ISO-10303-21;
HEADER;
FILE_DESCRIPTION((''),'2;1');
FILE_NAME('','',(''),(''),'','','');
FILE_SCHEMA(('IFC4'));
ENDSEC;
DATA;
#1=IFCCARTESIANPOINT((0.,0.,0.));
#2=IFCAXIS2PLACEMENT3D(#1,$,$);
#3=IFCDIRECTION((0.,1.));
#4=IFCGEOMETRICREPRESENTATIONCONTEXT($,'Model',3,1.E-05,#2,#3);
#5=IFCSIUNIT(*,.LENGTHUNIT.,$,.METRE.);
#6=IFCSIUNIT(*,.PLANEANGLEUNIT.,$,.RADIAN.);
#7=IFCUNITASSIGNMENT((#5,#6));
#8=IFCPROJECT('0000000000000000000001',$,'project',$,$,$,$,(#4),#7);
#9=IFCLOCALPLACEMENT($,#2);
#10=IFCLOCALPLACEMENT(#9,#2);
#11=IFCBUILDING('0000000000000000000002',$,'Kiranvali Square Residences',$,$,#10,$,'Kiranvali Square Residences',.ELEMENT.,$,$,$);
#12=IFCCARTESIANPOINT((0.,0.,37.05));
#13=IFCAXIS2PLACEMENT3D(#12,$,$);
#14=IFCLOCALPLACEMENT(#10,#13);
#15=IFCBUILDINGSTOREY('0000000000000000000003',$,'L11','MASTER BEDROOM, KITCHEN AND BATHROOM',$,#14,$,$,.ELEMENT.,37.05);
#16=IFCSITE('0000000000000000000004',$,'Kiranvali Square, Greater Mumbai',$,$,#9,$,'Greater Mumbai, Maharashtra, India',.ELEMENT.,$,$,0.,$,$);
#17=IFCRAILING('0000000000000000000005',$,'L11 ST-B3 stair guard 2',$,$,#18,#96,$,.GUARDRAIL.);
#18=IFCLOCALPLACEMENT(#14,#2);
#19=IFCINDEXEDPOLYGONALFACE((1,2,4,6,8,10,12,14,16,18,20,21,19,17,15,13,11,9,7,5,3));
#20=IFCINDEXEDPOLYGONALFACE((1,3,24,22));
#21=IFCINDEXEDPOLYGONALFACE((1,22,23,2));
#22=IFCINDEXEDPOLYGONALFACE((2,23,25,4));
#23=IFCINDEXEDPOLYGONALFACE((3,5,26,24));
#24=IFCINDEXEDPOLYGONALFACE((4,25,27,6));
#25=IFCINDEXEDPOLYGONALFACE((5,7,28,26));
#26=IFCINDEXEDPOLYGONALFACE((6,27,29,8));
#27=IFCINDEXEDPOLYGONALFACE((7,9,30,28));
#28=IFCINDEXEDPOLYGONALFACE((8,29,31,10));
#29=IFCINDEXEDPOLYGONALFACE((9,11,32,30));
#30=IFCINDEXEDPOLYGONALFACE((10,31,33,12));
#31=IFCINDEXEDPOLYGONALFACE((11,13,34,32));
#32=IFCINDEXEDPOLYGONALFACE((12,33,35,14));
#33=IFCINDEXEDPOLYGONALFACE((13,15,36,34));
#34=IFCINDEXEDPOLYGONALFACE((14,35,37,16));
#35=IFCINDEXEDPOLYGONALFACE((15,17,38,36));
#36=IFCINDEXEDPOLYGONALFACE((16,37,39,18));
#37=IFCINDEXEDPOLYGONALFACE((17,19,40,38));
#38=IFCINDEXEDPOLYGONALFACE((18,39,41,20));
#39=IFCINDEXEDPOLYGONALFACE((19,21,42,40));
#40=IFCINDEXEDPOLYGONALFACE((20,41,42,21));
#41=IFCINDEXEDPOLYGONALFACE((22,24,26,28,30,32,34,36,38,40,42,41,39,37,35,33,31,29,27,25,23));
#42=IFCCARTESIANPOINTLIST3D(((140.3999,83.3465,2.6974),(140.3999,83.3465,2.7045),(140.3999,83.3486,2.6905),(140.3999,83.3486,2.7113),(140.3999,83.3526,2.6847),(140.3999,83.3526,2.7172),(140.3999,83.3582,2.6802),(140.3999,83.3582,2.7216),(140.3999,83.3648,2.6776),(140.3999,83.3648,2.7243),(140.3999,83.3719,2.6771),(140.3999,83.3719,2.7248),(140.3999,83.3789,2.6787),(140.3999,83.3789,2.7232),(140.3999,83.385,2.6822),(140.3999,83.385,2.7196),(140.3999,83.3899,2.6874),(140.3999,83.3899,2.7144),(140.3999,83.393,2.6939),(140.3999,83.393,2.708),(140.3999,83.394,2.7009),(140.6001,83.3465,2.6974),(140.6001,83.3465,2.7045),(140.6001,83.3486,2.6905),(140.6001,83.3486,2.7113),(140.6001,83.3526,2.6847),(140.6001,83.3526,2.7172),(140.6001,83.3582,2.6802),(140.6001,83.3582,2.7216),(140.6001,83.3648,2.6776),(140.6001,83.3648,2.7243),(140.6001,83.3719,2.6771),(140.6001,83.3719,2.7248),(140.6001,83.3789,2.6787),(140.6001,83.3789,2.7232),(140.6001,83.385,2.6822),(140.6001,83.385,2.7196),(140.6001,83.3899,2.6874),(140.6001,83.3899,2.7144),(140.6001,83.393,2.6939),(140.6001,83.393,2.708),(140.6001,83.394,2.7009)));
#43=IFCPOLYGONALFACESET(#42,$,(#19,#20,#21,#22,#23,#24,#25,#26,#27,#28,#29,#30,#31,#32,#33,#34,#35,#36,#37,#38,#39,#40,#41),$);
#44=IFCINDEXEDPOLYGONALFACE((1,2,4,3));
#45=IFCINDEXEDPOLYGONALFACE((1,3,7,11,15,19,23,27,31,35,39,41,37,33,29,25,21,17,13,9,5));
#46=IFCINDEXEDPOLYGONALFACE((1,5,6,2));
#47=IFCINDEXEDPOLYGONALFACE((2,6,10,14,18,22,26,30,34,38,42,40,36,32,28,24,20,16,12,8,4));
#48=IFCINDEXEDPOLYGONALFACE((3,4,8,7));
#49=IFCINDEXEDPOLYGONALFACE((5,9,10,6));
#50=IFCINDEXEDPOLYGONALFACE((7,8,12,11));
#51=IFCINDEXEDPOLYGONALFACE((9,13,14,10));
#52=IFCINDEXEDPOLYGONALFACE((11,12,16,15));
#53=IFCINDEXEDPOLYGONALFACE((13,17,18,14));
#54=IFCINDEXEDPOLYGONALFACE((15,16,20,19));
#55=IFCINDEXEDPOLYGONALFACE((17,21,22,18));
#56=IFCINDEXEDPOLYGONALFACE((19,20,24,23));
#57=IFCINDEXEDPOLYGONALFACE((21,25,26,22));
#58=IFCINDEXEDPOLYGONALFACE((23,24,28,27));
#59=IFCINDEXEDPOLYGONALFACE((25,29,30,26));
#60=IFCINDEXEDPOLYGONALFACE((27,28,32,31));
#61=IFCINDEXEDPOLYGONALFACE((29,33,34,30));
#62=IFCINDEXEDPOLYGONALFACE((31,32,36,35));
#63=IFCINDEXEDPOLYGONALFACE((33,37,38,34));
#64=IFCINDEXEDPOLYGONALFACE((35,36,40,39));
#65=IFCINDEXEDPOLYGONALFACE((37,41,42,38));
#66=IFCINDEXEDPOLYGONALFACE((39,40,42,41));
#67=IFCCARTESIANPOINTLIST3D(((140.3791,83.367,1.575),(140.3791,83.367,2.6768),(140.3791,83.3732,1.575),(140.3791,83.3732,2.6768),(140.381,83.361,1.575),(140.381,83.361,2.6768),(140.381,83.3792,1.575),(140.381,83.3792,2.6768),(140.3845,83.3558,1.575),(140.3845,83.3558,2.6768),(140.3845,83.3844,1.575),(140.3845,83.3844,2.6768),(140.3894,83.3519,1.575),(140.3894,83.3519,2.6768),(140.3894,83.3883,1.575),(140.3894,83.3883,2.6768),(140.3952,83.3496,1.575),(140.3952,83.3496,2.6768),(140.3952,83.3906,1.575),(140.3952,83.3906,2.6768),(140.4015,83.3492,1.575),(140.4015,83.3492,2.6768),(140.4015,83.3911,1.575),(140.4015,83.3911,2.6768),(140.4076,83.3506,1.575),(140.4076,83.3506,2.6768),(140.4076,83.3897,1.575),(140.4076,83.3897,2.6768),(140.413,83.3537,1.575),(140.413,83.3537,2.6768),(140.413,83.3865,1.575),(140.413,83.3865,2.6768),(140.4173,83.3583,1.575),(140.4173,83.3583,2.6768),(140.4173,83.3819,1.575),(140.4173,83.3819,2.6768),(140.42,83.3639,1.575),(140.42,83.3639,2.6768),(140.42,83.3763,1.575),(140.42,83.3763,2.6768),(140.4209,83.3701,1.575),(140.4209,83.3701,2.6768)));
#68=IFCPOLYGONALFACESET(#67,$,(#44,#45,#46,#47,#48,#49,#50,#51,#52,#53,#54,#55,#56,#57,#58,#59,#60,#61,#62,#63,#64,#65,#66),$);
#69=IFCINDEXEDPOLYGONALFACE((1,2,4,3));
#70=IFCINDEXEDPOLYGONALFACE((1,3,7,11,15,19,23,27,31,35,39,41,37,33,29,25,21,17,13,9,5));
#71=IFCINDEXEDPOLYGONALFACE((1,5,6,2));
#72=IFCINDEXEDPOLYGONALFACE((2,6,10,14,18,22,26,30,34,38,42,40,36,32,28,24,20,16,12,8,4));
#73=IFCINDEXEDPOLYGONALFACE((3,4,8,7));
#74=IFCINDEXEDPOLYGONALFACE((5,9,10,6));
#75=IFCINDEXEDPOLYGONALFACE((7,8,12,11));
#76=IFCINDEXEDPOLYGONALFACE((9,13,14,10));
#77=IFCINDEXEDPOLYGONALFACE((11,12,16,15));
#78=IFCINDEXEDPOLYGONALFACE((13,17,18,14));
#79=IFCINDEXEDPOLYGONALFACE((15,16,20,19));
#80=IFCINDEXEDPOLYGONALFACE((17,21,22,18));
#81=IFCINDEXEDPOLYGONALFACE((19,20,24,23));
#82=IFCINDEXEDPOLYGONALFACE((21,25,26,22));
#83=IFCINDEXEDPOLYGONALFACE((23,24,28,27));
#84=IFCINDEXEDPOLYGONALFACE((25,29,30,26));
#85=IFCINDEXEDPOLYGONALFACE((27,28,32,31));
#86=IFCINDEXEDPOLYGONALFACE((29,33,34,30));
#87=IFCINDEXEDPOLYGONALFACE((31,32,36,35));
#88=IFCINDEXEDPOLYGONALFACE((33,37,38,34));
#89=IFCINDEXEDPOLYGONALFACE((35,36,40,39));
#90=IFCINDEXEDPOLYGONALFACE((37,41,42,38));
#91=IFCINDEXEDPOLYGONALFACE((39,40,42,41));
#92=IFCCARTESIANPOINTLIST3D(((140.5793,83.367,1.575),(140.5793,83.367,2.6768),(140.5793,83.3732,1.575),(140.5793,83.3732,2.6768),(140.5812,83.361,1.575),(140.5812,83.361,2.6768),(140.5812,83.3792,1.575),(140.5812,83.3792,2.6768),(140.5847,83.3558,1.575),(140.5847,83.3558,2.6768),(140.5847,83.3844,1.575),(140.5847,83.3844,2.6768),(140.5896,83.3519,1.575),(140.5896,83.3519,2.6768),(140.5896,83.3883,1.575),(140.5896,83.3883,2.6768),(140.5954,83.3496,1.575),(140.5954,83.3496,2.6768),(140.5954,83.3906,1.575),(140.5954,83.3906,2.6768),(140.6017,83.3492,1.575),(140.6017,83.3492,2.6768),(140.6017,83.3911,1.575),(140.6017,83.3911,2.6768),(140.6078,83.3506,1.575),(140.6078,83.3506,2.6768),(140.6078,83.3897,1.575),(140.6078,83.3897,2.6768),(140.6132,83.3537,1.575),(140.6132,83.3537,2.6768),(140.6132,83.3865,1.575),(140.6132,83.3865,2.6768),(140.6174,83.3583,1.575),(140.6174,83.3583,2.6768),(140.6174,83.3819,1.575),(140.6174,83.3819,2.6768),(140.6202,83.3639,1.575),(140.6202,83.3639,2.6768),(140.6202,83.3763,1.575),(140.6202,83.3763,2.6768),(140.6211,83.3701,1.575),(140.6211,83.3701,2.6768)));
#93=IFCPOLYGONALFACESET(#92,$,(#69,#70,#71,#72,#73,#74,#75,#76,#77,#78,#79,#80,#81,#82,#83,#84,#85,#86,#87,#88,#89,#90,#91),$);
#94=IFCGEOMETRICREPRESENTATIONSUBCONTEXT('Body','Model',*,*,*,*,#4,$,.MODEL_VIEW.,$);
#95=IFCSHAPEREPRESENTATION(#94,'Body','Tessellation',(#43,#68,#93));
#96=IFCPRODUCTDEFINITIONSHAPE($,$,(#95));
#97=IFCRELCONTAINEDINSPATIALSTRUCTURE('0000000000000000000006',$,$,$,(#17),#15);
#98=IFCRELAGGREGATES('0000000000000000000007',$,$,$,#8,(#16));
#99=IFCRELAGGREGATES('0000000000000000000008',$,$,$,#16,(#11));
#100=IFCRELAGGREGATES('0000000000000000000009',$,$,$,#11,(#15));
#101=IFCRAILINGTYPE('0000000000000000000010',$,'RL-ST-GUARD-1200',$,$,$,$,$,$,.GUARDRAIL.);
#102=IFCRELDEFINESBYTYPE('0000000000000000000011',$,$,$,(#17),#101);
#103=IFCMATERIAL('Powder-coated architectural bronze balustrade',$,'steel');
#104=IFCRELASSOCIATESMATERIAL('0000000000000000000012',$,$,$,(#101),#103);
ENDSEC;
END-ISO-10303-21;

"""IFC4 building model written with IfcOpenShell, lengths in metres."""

from ifc_helpers import new_model, si_unit, direction, frame, origin, origin_2d, place, context, subcontext, project, spatial, circle, extrude, material, type_object, element, save


model = new_model("IFC4")

# Units and contexts
model_context = context("Model", 3, precision=1e-05, world=origin(), true_north=direction((0.0, 1.0)))
body_context = subcontext(model_context, "Body", "Model", "MODEL_VIEW")
ifc_project = project(units=[si_unit("LENGTHUNIT", "METRE"), si_unit("PLANEANGLEUNIT", "RADIAN")], contexts=[model_context])

# Site, building, storey
site_placement = place(None, origin())
site = spatial("IfcSite", under=ifc_project, at=site_placement, Name="Kiranvali Square, Greater Mumbai", LongName="Greater Mumbai, Maharashtra, India", CompositionType="ELEMENT", RefElevation=0.0)
building_placement = place(site_placement, origin())
building = spatial("IfcBuilding", under=site, at=building_placement, Name="Kiranvali Square Residences", LongName="Kiranvali Square Residences", CompositionType="ELEMENT")
storey_placement = place(building_placement, frame((0.0, 0.0, 37.05)))
storey = spatial("IfcBuildingStorey", under=building, at=storey_placement, Name="L11", Description="MASTER BEDROOM, KITCHEN AND BATHROOM", CompositionType="ELEMENT", Elevation=37.05)

# Railing
ifc_material_1 = material(Name="Powder-coated architectural bronze balustrade", Category="steel")
railing_type_1 = type_object("IfcRailingType", Name="RL-ST-GUARD-1200", PredefinedType="GUARDRAIL", material=ifc_material_1)
railing_1_placement = place(storey_placement, frame((140.3999, 83.3701, 1.575)))
element("IfcRailing", 1, at=railing_1_placement, inside=storey, type_object=railing_type_1, Name="L11 ST-B3 stair guard 2", PredefinedType="GUARDRAIL", context=body_context, shape_type="SweptSolid", body=[
    extrude(circle(Radius=0.0239, at=origin_2d()), frame((0.0, 0.0, 1.126), z_axis=(1.0, 0.0, 0.0), x_axis=(0.0, 1.0, 0.0)), (0.0, 0.0, 1.0), 0.2002),
    extrude(circle(Radius=0.021, at=origin_2d()), origin(), (0.0, 0.0, 1.0), 1.1018),
    extrude(circle(Radius=0.021, at=origin_2d()), frame((0.2002, 0.0, 0.0)), (0.0, 0.0, 1.0), 1.1018),
])

save(model, "model.ifc")
